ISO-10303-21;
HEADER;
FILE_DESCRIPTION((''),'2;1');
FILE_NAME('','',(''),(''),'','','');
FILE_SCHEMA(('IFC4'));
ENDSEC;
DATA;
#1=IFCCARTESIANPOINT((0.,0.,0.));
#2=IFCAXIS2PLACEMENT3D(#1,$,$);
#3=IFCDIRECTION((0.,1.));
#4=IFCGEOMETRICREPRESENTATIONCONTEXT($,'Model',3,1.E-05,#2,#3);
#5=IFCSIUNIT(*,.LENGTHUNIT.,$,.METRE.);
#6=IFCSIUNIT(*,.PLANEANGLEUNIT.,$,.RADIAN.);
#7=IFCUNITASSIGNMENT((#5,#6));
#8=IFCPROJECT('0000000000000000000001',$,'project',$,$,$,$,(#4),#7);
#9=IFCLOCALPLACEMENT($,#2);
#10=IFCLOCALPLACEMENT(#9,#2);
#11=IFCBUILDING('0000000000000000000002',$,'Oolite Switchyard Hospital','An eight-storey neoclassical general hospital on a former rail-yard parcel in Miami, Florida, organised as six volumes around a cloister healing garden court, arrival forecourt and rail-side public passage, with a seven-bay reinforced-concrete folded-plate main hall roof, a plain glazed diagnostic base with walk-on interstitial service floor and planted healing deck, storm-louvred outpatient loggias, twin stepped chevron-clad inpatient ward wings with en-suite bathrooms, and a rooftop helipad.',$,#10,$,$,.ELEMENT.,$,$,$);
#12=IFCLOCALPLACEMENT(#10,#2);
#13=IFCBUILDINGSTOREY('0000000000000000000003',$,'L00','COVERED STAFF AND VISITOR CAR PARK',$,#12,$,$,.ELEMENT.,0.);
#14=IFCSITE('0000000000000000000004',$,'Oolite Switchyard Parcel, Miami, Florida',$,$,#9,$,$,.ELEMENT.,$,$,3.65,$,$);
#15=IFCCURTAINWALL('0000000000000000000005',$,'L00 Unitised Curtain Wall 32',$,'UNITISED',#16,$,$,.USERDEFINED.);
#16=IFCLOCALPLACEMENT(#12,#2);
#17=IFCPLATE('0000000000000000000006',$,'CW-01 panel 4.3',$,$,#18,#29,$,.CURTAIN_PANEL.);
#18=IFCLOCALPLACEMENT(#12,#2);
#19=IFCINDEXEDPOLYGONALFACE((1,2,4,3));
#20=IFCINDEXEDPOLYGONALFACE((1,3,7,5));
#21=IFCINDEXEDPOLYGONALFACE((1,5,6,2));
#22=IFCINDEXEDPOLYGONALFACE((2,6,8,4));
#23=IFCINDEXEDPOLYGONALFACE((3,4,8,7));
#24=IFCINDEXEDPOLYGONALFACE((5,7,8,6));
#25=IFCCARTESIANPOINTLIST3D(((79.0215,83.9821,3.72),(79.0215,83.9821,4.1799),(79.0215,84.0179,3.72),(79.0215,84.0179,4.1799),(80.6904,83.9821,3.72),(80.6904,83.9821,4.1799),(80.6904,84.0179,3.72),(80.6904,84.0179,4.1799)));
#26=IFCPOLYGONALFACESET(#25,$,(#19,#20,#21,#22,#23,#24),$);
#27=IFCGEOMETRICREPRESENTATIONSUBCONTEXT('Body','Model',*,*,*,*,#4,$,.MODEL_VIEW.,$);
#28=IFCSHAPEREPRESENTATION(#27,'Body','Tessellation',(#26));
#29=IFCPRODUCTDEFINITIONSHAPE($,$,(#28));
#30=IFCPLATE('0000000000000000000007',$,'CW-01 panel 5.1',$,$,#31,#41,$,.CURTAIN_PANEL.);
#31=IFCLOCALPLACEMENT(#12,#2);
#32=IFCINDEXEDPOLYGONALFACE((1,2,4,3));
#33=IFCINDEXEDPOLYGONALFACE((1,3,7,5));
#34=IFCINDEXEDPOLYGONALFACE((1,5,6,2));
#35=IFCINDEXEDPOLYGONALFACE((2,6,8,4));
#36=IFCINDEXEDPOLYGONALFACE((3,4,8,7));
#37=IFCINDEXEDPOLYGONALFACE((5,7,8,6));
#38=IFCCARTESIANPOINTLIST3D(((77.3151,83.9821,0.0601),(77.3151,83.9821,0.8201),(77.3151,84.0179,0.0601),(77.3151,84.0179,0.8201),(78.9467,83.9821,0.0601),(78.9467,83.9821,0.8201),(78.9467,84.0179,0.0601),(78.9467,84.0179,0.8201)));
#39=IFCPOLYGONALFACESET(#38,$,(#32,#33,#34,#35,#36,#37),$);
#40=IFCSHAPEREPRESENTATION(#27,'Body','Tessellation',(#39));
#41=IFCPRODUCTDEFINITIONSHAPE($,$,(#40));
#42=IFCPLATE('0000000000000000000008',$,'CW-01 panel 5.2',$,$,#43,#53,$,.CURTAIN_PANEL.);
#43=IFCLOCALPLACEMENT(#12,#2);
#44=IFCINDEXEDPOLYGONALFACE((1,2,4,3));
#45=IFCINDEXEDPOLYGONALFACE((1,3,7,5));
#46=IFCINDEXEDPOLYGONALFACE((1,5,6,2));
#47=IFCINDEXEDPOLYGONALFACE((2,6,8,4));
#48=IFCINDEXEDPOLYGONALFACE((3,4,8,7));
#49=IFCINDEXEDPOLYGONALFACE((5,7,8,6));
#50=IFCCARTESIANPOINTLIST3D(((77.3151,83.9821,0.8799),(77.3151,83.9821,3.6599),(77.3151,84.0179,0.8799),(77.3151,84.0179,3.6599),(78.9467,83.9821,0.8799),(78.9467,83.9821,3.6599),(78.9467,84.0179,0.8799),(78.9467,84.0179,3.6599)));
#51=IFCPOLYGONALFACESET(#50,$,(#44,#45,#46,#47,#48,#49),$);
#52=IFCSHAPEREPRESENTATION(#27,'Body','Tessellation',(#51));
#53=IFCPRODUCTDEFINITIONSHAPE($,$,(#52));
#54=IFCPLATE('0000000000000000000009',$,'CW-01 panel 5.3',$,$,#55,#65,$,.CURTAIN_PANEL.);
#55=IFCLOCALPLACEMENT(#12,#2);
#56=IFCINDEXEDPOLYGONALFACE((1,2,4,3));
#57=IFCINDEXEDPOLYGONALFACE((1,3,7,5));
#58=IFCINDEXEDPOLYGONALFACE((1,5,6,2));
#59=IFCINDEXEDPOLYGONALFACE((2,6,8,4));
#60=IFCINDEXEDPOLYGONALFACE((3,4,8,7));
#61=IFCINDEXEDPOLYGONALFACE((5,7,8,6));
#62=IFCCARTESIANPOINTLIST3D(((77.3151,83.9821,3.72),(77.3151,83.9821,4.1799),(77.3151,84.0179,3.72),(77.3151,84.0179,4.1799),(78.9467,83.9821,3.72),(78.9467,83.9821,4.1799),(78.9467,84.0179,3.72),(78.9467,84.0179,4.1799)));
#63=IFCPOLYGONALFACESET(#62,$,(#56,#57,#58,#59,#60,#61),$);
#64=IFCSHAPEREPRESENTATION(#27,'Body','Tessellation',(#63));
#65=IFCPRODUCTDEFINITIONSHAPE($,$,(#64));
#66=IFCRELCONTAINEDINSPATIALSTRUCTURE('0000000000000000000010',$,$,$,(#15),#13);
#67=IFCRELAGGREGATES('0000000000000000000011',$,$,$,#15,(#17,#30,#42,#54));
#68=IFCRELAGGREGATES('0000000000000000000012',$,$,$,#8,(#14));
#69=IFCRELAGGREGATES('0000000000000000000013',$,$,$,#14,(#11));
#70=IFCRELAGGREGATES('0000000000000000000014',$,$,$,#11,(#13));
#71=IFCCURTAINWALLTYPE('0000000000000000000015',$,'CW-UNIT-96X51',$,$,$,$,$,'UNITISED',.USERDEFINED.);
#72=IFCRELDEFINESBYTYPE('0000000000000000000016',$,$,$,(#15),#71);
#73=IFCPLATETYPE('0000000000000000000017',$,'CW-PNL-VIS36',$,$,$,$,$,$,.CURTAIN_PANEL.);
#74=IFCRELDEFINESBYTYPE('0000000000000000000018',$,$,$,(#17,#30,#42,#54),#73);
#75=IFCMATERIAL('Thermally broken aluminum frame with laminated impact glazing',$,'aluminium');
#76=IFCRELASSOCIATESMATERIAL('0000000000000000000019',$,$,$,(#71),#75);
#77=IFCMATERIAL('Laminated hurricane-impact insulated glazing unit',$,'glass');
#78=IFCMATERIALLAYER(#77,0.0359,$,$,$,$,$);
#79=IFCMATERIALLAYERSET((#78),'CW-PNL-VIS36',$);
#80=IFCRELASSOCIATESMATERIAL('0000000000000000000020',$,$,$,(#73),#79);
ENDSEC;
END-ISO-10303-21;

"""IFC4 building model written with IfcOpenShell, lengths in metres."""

from ifc_helpers import new_model, si_unit, direction, frame, origin, origin_2d, place, context, subcontext, project, spatial, rectangle, extrude, material, layer, layer_set, type_object, element, aggregate, save


model = new_model("IFC4")

# Units and contexts
model_context = context("Model", 3, precision=1e-05, world=origin(), true_north=direction((0.0, 1.0)))
body_context = subcontext(model_context, "Body", "Model", "MODEL_VIEW")
ifc_project = project(units=[si_unit("LENGTHUNIT", "METRE"), si_unit("PLANEANGLEUNIT", "RADIAN")], contexts=[model_context])

# Site, building, storey
site_placement = place(None, origin())
site = spatial("IfcSite", under=ifc_project, at=site_placement, Name="Oolite Switchyard Parcel, Miami, Florida", CompositionType="ELEMENT", RefElevation=3.65)
building_placement = place(site_placement, origin())
building = spatial("IfcBuilding", under=site, at=building_placement, Name="Oolite Switchyard Hospital", Description="An eight-storey neoclassical general hospital on a former rail-yard parcel in Miami, Florida, organised as six volumes around a cloister healing garden court, arrival forecourt and rail-side public passage, with a seven-bay reinforced-concrete folded-plate main hall roof, a plain glazed diagnostic base with walk-on interstitial service floor and planted healing deck, storm-louvred outpatient loggias, twin stepped chevron-clad inpatient ward wings with en-suite bathrooms, and a rooftop helipad.", CompositionType="ELEMENT")
storey_placement = place(building_placement, origin())
storey = spatial("IfcBuildingStorey", under=building, at=storey_placement, Name="L00", Description="COVERED STAFF AND VISITOR CAR PARK", CompositionType="ELEMENT", Elevation=0.0)

# Shared definitions
ifc_material_1 = material(Name="Thermally broken aluminum frame with laminated impact glazing", Category="aluminium")
curtain_wall_type = type_object("IfcCurtainWallType", Name="CW-UNIT-96X51", ElementType="UNITISED", PredefinedType="USERDEFINED", material=ifc_material_1)

# Curtain wall
curtain_wall_1_placement = place(storey_placement, origin())
curtain_wall_1 = element("IfcCurtainWall", 1, at=curtain_wall_1_placement, inside=storey, type_object=curtain_wall_type, Name="L00 Unitised Curtain Wall 32", ObjectType="UNITISED", PredefinedType="USERDEFINED")

# Plates
ifc_material_2 = material(Name="Laminated hurricane-impact insulated glazing unit", Category="glass")
ifc_layer_1 = layer(ifc_material_2, 0.0359)
ifc_layer_set_1 = layer_set([ifc_layer_1], Name="CW-PNL-VIS36")
plate_type_1 = type_object("IfcPlateType", Name="CW-PNL-VIS36", PredefinedType="CURTAIN_PANEL", material=ifc_layer_set_1)
plate_1_placement = place(storey_placement, frame((79.856, 84.0, 3.72), z_axis=(0.0, 0.0, 1.0), x_axis=(-1.0, 0.0, 0.0)))
plate_1 = element("IfcPlate", 2, at=plate_1_placement, type_object=plate_type_1, Name="CW-01 panel 4.3", PredefinedType="CURTAIN_PANEL", context=body_context, shape_type="SweptSolid", body=[
    extrude(rectangle(XDim=1.6689, YDim=0.0359, at=origin_2d()), origin(), (0.0, 0.0, 1.0), 0.46),
])
plate_2_placement = place(storey_placement, frame((78.1309, 84.0, 0.0601), z_axis=(0.0, 0.0, 1.0), x_axis=(-1.0, 0.0, 0.0)))
plate_2 = element("IfcPlate", 3, at=plate_2_placement, type_object=plate_type_1, Name="CW-01 panel 5.1", PredefinedType="CURTAIN_PANEL", context=body_context, shape_type="SweptSolid", body=[
    extrude(rectangle(XDim=1.6316, YDim=0.0359, at=origin_2d()), origin(), (0.0, 0.0, 1.0), 0.76),
])
plate_3_placement = place(storey_placement, frame((78.1309, 84.0, 0.8799), z_axis=(0.0, 0.0, 1.0), x_axis=(-1.0, 0.0, 0.0)))
plate_3 = element("IfcPlate", 4, at=plate_3_placement, type_object=plate_type_1, Name="CW-01 panel 5.2", PredefinedType="CURTAIN_PANEL", context=body_context, shape_type="SweptSolid", body=[
    extrude(rectangle(XDim=1.6316, YDim=0.0359, at=origin_2d()), origin(), (0.0, 0.0, 1.0), 2.78),
])
plate_4_placement = place(storey_placement, frame((78.1309, 84.0, 3.72), z_axis=(0.0, 0.0, 1.0), x_axis=(-1.0, 0.0, 0.0)))
plate_4 = element("IfcPlate", 5, at=plate_4_placement, type_object=plate_type_1, Name="CW-01 panel 5.3", PredefinedType="CURTAIN_PANEL", context=body_context, shape_type="SweptSolid", body=[
    extrude(rectangle(XDim=1.6316, YDim=0.0359, at=origin_2d()), origin(), (0.0, 0.0, 1.0), 0.46),
])
aggregate(curtain_wall_1, [plate_1, plate_2, plate_3, plate_4])

save(model, "model.ifc")
